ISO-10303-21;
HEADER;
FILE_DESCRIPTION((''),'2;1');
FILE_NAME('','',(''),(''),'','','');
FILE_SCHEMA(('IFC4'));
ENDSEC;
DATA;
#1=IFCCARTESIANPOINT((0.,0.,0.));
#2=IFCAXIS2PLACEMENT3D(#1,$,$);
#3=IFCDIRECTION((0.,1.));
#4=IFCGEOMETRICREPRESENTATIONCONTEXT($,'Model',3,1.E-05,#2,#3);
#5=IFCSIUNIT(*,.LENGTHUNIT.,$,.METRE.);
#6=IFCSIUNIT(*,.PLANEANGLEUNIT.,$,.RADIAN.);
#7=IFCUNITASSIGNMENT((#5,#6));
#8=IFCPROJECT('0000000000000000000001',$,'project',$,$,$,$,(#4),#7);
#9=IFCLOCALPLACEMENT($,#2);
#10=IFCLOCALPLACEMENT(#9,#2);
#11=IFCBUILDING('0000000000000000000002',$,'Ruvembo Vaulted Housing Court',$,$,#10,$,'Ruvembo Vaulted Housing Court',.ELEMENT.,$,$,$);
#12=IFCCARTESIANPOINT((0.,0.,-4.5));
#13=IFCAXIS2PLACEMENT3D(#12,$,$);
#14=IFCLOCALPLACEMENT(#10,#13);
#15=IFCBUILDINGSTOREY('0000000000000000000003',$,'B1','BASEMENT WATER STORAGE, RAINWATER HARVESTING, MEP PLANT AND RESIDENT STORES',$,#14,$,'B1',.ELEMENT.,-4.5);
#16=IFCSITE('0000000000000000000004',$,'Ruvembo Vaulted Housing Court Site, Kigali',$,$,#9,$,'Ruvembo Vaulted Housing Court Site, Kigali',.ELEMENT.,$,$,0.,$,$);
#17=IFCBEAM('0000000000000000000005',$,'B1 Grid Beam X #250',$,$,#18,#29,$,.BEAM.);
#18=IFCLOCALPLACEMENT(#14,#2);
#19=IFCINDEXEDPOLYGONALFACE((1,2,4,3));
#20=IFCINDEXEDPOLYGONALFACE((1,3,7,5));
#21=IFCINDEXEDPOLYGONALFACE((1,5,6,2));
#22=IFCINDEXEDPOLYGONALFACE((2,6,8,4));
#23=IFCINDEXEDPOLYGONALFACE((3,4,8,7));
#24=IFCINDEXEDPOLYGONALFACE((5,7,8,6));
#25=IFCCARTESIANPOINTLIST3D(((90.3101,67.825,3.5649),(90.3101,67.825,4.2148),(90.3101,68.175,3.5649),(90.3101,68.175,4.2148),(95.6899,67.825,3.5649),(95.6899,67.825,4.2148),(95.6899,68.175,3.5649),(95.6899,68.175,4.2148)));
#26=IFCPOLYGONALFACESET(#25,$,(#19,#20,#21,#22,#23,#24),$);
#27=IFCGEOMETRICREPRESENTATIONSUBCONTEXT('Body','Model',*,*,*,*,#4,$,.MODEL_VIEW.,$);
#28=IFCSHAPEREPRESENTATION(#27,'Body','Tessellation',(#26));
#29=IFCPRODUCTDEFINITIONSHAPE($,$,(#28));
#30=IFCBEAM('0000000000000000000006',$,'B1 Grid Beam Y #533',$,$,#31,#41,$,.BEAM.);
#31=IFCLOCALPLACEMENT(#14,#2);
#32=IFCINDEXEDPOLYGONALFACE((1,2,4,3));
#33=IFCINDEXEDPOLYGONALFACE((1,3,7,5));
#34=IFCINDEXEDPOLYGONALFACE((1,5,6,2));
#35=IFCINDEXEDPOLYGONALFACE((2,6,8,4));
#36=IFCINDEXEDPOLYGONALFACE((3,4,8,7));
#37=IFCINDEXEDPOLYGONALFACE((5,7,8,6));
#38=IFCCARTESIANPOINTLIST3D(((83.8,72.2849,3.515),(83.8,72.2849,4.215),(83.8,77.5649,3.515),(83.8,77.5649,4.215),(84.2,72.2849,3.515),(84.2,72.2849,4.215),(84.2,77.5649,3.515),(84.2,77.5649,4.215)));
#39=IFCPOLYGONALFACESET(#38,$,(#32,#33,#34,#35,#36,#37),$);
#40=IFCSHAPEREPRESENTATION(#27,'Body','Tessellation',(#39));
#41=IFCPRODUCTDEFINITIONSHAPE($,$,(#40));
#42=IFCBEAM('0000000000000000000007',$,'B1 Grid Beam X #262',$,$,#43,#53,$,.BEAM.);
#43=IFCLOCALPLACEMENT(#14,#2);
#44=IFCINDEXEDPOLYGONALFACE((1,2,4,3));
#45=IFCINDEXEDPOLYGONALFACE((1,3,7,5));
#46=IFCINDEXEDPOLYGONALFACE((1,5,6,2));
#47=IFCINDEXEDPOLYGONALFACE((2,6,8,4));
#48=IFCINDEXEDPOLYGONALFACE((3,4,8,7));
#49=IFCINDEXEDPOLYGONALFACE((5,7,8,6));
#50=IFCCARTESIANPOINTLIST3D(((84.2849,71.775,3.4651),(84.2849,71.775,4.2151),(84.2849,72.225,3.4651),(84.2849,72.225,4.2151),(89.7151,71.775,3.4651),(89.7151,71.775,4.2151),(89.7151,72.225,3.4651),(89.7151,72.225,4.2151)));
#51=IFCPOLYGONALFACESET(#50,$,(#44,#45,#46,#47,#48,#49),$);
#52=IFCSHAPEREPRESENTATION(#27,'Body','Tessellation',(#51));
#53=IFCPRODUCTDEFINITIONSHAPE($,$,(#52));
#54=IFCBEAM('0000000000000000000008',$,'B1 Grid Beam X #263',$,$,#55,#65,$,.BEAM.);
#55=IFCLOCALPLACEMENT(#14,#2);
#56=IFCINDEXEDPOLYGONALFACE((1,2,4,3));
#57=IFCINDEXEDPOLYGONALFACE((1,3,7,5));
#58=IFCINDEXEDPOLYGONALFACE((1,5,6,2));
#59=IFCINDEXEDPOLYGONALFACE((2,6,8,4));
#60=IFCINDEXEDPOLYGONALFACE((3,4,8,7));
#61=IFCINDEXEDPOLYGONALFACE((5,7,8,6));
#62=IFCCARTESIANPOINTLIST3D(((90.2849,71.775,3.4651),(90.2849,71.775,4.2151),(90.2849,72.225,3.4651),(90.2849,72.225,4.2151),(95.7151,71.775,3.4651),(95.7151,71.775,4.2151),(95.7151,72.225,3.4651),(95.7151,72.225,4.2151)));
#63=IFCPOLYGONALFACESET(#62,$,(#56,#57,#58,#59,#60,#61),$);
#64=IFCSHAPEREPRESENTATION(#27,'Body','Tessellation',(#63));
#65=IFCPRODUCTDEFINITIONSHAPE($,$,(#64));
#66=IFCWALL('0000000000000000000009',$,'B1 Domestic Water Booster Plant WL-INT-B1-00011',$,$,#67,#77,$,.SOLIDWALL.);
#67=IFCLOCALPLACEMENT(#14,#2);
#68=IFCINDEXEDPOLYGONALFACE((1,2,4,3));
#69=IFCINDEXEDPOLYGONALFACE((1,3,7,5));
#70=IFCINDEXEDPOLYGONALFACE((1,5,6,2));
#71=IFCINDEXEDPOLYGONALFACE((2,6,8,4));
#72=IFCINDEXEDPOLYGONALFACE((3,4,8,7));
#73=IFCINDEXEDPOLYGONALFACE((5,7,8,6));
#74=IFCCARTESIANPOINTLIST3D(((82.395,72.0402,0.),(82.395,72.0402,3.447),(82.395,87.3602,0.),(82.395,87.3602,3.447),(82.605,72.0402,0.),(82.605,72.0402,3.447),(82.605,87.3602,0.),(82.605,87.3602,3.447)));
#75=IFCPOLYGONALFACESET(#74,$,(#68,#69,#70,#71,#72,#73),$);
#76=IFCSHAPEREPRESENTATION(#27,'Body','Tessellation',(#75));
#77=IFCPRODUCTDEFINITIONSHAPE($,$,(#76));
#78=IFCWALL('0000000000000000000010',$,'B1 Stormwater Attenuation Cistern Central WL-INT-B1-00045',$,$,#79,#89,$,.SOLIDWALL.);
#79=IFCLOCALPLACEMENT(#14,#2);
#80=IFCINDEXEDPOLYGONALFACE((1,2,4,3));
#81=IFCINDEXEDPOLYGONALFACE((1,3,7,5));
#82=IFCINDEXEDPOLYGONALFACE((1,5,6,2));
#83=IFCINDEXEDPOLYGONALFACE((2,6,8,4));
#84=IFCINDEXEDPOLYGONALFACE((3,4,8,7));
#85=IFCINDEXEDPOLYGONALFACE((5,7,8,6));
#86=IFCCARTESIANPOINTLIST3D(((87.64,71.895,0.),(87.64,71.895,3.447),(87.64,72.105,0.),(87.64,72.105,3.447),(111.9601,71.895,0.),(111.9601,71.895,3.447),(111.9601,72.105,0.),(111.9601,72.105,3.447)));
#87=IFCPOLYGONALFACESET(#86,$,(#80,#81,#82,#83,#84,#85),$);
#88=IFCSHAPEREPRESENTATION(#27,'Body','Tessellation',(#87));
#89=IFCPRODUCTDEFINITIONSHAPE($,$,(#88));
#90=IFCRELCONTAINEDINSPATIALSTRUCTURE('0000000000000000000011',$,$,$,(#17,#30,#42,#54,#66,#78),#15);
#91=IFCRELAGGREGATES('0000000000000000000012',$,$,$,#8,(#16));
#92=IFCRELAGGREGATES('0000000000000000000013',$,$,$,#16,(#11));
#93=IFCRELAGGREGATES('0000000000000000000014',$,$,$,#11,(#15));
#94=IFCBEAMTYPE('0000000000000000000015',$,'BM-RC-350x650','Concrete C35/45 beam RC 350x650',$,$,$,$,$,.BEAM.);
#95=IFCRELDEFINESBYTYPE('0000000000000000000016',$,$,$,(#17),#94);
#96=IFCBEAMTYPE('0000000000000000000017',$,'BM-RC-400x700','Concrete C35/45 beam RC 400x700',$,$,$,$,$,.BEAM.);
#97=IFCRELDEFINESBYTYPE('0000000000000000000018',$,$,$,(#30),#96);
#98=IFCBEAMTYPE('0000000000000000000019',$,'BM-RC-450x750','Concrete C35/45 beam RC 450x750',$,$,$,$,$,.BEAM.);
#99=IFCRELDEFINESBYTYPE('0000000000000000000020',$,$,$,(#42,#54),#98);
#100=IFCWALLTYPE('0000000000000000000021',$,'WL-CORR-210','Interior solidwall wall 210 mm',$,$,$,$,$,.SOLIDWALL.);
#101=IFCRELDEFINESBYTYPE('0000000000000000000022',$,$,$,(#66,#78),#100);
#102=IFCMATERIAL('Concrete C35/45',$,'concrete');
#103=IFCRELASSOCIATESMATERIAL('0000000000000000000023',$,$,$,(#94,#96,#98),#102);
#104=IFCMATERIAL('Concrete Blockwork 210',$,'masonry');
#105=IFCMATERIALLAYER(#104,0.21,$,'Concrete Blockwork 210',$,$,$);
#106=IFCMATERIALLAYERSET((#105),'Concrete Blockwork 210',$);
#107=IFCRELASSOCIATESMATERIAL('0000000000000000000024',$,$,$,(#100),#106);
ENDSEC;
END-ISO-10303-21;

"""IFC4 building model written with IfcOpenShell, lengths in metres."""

from ifc_helpers import new_model, si_unit, direction, frame, frame_2d, origin, origin_2d, place, context, subcontext, project, spatial, rectangle, extrude, material, layer, layer_set, material_profile, profile_set, type_object, element, save


model = new_model("IFC4")

# Units and contexts
model_context = context("Model", 3, precision=1e-05, world=origin(), true_north=direction((0.0, 1.0)))
body_context = subcontext(model_context, "Body", "Model", "MODEL_VIEW")
ifc_project = project(units=[si_unit("LENGTHUNIT", "METRE"), si_unit("PLANEANGLEUNIT", "RADIAN")], contexts=[model_context])

# Site, building, storey
site_placement = place(None, origin())
site = spatial("IfcSite", under=ifc_project, at=site_placement, Name="Ruvembo Vaulted Housing Court Site, Kigali", LongName="Ruvembo Vaulted Housing Court Site, Kigali", CompositionType="ELEMENT", RefElevation=0.0)
building_placement = place(site_placement, origin())
building = spatial("IfcBuilding", under=site, at=building_placement, Name="Ruvembo Vaulted Housing Court", LongName="Ruvembo Vaulted Housing Court", CompositionType="ELEMENT")
storey_placement = place(building_placement, frame((0.0, 0.0, -4.5)))
storey = spatial("IfcBuildingStorey", under=building, at=storey_placement, Name="B1", Description="BASEMENT WATER STORAGE, RAINWATER HARVESTING, MEP PLANT AND RESIDENT STORES", LongName="B1", CompositionType="ELEMENT", Elevation=-4.5)

# Shared definitions
ifc_material_1 = material(Name="Concrete C35/45", Category="concrete")

# Beams
ifc_material_profile_1 = material_profile(ifc_material_1, rectangle(XDim=0.3501, YDim=0.6499, at=origin_2d()), Name="RC 350x650")
ifc_profile_set_1 = profile_set([ifc_material_profile_1], Name="Concrete C35/45")
beam_type_1 = type_object("IfcBeamType", Name="BM-RC-350x650", Description="Concrete C35/45 beam RC 350x650", PredefinedType="BEAM", material=ifc_profile_set_1)
for number, where, z_axis, x_axis, name in (
    (1, (90.3101, 68.0, 3.8899), (1.0, 0.0, 0.0), (0.0, 1.0, 0.0), "B1 Grid Beam X #250"),
):
    element("IfcBeam", number, at=place(storey_placement, frame(where, z_axis=z_axis, x_axis=x_axis)), inside=storey, type_object=beam_type_1, Name=name, PredefinedType="BEAM", context=body_context, shape_type="SweptSolid", body=[
        extrude(rectangle(XDim=0.3501, YDim=0.6499, at=origin_2d()), origin(), (0.0, 0.0, 1.0), 5.3799),
    ])
ifc_material_profile_2 = material_profile(ifc_material_1, rectangle(XDim=0.3999, YDim=0.7, at=origin_2d()), Name="RC 400x700")
ifc_profile_set_2 = profile_set([ifc_material_profile_2], Name="Concrete C35/45")
beam_type_2 = type_object("IfcBeamType", Name="BM-RC-400x700", Description="Concrete C35/45 beam RC 400x700", PredefinedType="BEAM", material=ifc_profile_set_2)
beam_1_placement = place(storey_placement, frame((84.0, 72.2849, 3.865), z_axis=(0.0, 1.0, 0.0), x_axis=(-1.0, 0.0, 0.0)))
element("IfcBeam", 2, at=beam_1_placement, inside=storey, type_object=beam_type_2, Name="B1 Grid Beam Y #533", PredefinedType="BEAM", context=body_context, shape_type="SweptSolid", body=[
    extrude(rectangle(XDim=0.3999, YDim=0.7, at=origin_2d()), origin(), (0.0, 0.0, 1.0), 5.28),
])
ifc_material_profile_3 = material_profile(ifc_material_1, rectangle(XDim=0.45, YDim=0.75, at=origin_2d()), Name="RC 450x750")
ifc_profile_set_3 = profile_set([ifc_material_profile_3], Name="Concrete C35/45")
beam_type_3 = type_object("IfcBeamType", Name="BM-RC-450x750", Description="Concrete C35/45 beam RC 450x750", PredefinedType="BEAM", material=ifc_profile_set_3)
for number, where, z_axis, x_axis, name in (
    (3, (84.2849, 72.0, 3.8401), (1.0, 0.0, 0.0), (0.0, 1.0, 0.0), "B1 Grid Beam X #262"),
    (4, (90.2849, 72.0, 3.8401), (1.0, 0.0, 0.0), (0.0, 1.0, 0.0), "B1 Grid Beam X #263"),
):
    element("IfcBeam", number, at=place(storey_placement, frame(where, z_axis=z_axis, x_axis=x_axis)), inside=storey, type_object=beam_type_3, Name=name, PredefinedType="BEAM", context=body_context, shape_type="SweptSolid", body=[
        extrude(rectangle(XDim=0.45, YDim=0.75, at=origin_2d()), origin(), (0.0, 0.0, 1.0), 5.4302),
    ])

# Walls
ifc_material_2 = material(Name="Concrete Blockwork 210", Category="masonry")
ifc_layer = layer(ifc_material_2, 0.21, Name="Concrete Blockwork 210")
ifc_layer_set = layer_set([ifc_layer], Name="Concrete Blockwork 210")
wall_type = type_object("IfcWallType", Name="WL-CORR-210", Description="Interior solidwall wall 210 mm", PredefinedType="SOLIDWALL", material=ifc_layer_set)
wall_1_placement = place(storey_placement, frame((82.5, 72.04, 0.0), z_axis=(0.0, 0.0, 1.0), x_axis=(0.0, 1.0, 0.0)))
element("IfcWall", 5, at=wall_1_placement, inside=storey, type_object=wall_type, Name="B1 Domestic Water Booster Plant WL-INT-B1-00011", PredefinedType="SOLIDWALL", context=body_context, shape_type="SweptSolid", body=[
    extrude(rectangle(XDim=15.3201, YDim=0.21, at=frame_2d((7.6602, 0.0))), origin(), (0.0, 0.0, 1.0), 3.447),
])
wall_2_placement = place(storey_placement, frame((87.6399, 72.0, 0.0), z_axis=(0.0, 0.0, 1.0), x_axis=(1.0, 0.0, 0.0)))
element("IfcWall", 6, at=wall_2_placement, inside=storey, type_object=wall_type, Name="B1 Stormwater Attenuation Cistern Central WL-INT-B1-00045", PredefinedType="SOLIDWALL", context=body_context, shape_type="SweptSolid", body=[
    extrude(rectangle(XDim=24.3201, YDim=0.21, at=frame_2d((12.1602, 0.0))), origin(), (0.0, 0.0, 1.0), 3.447),
])

save(model, "model.ifc")
